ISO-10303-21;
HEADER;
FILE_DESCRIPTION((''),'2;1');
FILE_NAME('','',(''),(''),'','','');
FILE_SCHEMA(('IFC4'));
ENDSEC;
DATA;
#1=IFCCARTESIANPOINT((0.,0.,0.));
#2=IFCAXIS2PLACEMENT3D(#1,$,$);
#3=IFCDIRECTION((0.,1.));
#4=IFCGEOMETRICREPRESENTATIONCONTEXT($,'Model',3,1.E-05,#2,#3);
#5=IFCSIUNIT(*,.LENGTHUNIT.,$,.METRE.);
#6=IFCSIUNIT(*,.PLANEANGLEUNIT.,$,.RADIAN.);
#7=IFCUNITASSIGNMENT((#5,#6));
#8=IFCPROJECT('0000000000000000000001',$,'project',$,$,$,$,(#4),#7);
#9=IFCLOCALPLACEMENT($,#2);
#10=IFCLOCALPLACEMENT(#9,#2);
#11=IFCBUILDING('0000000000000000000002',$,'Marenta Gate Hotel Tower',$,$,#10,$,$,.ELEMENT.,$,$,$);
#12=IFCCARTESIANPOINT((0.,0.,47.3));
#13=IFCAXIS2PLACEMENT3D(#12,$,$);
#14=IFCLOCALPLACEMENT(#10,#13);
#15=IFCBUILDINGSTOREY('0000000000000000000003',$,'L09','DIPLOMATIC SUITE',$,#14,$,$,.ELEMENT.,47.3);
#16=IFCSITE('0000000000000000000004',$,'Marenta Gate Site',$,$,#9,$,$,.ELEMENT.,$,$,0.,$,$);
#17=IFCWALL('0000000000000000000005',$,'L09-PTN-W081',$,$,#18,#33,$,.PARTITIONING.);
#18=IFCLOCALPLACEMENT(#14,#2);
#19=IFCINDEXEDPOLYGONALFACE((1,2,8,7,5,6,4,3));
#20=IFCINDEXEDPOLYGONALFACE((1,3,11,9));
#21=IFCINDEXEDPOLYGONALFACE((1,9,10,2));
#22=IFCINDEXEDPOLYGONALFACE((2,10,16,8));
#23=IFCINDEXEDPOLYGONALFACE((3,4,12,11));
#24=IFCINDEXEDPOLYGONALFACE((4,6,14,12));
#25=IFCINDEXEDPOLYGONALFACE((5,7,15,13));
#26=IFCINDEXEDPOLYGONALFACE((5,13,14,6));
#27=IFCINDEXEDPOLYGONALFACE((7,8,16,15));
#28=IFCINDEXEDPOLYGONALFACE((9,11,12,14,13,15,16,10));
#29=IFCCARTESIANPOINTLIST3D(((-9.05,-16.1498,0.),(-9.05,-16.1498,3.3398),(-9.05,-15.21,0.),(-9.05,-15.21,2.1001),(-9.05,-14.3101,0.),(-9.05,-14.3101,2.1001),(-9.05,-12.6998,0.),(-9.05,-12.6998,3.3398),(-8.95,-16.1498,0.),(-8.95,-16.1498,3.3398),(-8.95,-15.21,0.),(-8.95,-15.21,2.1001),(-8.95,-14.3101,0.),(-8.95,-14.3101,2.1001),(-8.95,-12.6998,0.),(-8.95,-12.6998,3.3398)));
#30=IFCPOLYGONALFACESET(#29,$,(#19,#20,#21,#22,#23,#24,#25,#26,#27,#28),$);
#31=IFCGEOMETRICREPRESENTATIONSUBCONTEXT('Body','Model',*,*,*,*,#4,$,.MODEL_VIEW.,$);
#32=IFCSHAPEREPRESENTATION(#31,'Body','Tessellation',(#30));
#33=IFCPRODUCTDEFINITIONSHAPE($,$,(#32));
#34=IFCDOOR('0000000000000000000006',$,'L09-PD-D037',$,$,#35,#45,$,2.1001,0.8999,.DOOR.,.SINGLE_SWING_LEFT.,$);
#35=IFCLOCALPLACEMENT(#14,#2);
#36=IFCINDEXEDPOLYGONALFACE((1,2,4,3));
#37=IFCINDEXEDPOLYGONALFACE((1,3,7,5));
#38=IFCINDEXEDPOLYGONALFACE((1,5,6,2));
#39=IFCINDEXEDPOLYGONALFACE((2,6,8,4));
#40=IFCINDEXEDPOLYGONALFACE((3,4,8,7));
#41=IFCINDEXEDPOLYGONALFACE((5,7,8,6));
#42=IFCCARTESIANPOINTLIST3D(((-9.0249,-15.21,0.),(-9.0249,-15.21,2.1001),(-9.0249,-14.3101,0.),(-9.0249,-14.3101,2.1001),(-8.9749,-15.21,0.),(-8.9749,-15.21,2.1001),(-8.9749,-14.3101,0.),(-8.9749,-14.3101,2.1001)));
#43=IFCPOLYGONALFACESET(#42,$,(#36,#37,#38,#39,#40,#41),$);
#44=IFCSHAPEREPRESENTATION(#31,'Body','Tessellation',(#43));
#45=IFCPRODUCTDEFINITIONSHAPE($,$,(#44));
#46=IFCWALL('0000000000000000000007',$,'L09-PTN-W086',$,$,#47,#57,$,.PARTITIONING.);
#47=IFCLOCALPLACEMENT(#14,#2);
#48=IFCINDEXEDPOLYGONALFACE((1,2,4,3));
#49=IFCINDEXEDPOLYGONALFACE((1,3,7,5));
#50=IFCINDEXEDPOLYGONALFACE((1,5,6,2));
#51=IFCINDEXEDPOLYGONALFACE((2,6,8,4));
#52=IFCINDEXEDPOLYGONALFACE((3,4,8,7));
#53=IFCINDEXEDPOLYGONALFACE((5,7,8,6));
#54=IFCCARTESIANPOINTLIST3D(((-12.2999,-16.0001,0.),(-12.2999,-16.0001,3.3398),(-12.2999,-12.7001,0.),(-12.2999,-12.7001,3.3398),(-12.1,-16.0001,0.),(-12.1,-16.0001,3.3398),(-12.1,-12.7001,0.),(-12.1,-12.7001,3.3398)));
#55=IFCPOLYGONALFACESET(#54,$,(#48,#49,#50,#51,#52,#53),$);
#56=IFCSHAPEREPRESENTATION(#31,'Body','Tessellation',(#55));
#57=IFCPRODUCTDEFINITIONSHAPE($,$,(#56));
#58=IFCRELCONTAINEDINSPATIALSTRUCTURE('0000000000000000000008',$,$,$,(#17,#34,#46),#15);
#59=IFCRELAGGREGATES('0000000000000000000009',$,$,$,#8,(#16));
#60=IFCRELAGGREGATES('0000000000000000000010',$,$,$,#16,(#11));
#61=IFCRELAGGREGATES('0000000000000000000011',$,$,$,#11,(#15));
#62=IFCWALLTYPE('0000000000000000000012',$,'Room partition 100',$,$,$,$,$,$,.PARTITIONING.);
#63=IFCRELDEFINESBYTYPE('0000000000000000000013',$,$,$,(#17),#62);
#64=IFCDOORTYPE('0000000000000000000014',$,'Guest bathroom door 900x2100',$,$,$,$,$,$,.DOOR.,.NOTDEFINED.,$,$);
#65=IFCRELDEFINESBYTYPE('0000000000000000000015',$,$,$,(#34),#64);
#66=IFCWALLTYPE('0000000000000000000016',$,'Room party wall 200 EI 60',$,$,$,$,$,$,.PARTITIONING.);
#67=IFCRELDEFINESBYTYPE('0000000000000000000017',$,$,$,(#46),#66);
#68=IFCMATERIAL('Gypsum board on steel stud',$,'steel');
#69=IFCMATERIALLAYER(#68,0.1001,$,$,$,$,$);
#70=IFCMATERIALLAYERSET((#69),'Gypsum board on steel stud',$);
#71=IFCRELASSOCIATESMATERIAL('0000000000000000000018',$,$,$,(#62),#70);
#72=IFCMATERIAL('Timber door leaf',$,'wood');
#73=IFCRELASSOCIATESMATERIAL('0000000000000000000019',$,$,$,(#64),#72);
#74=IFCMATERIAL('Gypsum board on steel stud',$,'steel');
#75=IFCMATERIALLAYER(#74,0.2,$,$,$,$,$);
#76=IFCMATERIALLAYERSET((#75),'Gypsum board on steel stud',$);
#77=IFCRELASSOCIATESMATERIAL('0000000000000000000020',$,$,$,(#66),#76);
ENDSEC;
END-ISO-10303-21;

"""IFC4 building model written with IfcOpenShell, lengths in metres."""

from ifc_helpers import new_model, si_unit, direction, frame, frame_2d, origin, place, context, subcontext, project, spatial, rectangle, extrude, material, layer, layer_set, type_object, element, fill, save


model = new_model("IFC4")

# Units and contexts
model_context = context("Model", 3, precision=1e-05, world=origin(), true_north=direction((0.0, 1.0)))
body_context = subcontext(model_context, "Body", "Model", "MODEL_VIEW")
ifc_project = project(units=[si_unit("LENGTHUNIT", "METRE"), si_unit("PLANEANGLEUNIT", "RADIAN")], contexts=[model_context])

# Site, building, storey
site_placement = place(None, origin())
site = spatial("IfcSite", under=ifc_project, at=site_placement, Name="Marenta Gate Site", CompositionType="ELEMENT", RefElevation=0.0)
building_placement = place(site_placement, origin())
building = spatial("IfcBuilding", under=site, at=building_placement, Name="Marenta Gate Hotel Tower", CompositionType="ELEMENT")
storey_placement = place(building_placement, frame((0.0, 0.0, 47.3)))
storey = spatial("IfcBuildingStorey", under=building, at=storey_placement, Name="L09", Description="DIPLOMATIC SUITE", CompositionType="ELEMENT", Elevation=47.3)

# Shared definitions
ifc_material_1 = material(Name="Gypsum board on steel stud", Category="steel")
ifc_layer_1 = layer(ifc_material_1, 0.1001)
ifc_layer_set_1 = layer_set([ifc_layer_1], Name="Gypsum board on steel stud")
wall_type_1 = type_object("IfcWallType", Name="Room partition 100", PredefinedType="PARTITIONING", material=ifc_layer_set_1)

# Wall, opening, door
wall_1_placement = place(storey_placement, frame((-9.0, -16.1499, 0.0), z_axis=(0.0, 0.0, 1.0), x_axis=(0.0, 1.0, 0.0)))
wall_1 = element("IfcWall", 1, at=wall_1_placement, inside=storey, type_object=wall_type_1, Name="L09-PTN-W081", PredefinedType="PARTITIONING", context=body_context, shape_type="SweptSolid", body=[
    extrude(rectangle(XDim=3.45, YDim=0.1001, at=frame_2d((1.7251, 0.0))), origin(), (0.0, 0.0, 1.0), 3.3398),
])
opening_1_placement = place(wall_1_placement, frame((0.9399, 0.0, 0.0)))
opening_1 = element("IfcOpeningElement", 2, at=opening_1_placement, cuts=wall_1, PredefinedType="OPENING", context=body_context, shape_type="SweptSolid", body=[
    extrude(rectangle(XDim=0.8999, YDim=2.1001, at=frame_2d((0.45, 1.05))), frame((0.0, 0.05, 0.0), z_axis=(0.0, -1.0, 0.0), x_axis=(1.0, 0.0, 0.0)), (0.0, 0.0, 1.0), 0.1001),
])
ifc_material_2 = material(Name="Timber door leaf", Category="wood")
door_type_1 = type_object("IfcDoorType", Name="Guest bathroom door 900x2100", OperationType="NOTDEFINED", PredefinedType="DOOR", material=ifc_material_2)
door_1_placement = place(opening_1_placement, origin())
door_1 = element("IfcDoor", 3, at=door_1_placement, inside=storey, type_object=door_type_1, Name="L09-PD-D037", OperationType="SINGLE_SWING_LEFT", OverallHeight=2.1001, OverallWidth=0.8999, PredefinedType="DOOR", context=body_context, shape_type="SweptSolid", body=[
    extrude(rectangle(XDim=0.8999, YDim=2.1001, at=frame_2d((0.45, 1.05))), frame((0.0, 0.0249, 0.0), z_axis=(0.0, -1.0, 0.0), x_axis=(1.0, 0.0, 0.0)), (0.0, 0.0, 1.0), 0.05),
])
fill(opening_1, door_1)

# Wall
ifc_material_3 = material(Name="Gypsum board on steel stud", Category="steel")
ifc_layer_2 = layer(ifc_material_3, 0.2)
ifc_layer_set_2 = layer_set([ifc_layer_2], Name="Gypsum board on steel stud")
wall_type_2 = type_object("IfcWallType", Name="Room party wall 200 EI 60", PredefinedType="PARTITIONING", material=ifc_layer_set_2)
wall_2_placement = place(storey_placement, frame((-12.2, -16.0, 0.0), z_axis=(0.0, 0.0, 1.0), x_axis=(0.0, 1.0, 0.0)))
element("IfcWall", 4, at=wall_2_placement, inside=storey, type_object=wall_type_2, Name="L09-PTN-W086", PredefinedType="PARTITIONING", context=body_context, shape_type="SweptSolid", body=[
    extrude(rectangle(XDim=3.3, YDim=0.2, at=frame_2d((1.6499, 0.0))), origin(), (0.0, 0.0, 1.0), 3.3398),
])

save(model, "model.ifc")
